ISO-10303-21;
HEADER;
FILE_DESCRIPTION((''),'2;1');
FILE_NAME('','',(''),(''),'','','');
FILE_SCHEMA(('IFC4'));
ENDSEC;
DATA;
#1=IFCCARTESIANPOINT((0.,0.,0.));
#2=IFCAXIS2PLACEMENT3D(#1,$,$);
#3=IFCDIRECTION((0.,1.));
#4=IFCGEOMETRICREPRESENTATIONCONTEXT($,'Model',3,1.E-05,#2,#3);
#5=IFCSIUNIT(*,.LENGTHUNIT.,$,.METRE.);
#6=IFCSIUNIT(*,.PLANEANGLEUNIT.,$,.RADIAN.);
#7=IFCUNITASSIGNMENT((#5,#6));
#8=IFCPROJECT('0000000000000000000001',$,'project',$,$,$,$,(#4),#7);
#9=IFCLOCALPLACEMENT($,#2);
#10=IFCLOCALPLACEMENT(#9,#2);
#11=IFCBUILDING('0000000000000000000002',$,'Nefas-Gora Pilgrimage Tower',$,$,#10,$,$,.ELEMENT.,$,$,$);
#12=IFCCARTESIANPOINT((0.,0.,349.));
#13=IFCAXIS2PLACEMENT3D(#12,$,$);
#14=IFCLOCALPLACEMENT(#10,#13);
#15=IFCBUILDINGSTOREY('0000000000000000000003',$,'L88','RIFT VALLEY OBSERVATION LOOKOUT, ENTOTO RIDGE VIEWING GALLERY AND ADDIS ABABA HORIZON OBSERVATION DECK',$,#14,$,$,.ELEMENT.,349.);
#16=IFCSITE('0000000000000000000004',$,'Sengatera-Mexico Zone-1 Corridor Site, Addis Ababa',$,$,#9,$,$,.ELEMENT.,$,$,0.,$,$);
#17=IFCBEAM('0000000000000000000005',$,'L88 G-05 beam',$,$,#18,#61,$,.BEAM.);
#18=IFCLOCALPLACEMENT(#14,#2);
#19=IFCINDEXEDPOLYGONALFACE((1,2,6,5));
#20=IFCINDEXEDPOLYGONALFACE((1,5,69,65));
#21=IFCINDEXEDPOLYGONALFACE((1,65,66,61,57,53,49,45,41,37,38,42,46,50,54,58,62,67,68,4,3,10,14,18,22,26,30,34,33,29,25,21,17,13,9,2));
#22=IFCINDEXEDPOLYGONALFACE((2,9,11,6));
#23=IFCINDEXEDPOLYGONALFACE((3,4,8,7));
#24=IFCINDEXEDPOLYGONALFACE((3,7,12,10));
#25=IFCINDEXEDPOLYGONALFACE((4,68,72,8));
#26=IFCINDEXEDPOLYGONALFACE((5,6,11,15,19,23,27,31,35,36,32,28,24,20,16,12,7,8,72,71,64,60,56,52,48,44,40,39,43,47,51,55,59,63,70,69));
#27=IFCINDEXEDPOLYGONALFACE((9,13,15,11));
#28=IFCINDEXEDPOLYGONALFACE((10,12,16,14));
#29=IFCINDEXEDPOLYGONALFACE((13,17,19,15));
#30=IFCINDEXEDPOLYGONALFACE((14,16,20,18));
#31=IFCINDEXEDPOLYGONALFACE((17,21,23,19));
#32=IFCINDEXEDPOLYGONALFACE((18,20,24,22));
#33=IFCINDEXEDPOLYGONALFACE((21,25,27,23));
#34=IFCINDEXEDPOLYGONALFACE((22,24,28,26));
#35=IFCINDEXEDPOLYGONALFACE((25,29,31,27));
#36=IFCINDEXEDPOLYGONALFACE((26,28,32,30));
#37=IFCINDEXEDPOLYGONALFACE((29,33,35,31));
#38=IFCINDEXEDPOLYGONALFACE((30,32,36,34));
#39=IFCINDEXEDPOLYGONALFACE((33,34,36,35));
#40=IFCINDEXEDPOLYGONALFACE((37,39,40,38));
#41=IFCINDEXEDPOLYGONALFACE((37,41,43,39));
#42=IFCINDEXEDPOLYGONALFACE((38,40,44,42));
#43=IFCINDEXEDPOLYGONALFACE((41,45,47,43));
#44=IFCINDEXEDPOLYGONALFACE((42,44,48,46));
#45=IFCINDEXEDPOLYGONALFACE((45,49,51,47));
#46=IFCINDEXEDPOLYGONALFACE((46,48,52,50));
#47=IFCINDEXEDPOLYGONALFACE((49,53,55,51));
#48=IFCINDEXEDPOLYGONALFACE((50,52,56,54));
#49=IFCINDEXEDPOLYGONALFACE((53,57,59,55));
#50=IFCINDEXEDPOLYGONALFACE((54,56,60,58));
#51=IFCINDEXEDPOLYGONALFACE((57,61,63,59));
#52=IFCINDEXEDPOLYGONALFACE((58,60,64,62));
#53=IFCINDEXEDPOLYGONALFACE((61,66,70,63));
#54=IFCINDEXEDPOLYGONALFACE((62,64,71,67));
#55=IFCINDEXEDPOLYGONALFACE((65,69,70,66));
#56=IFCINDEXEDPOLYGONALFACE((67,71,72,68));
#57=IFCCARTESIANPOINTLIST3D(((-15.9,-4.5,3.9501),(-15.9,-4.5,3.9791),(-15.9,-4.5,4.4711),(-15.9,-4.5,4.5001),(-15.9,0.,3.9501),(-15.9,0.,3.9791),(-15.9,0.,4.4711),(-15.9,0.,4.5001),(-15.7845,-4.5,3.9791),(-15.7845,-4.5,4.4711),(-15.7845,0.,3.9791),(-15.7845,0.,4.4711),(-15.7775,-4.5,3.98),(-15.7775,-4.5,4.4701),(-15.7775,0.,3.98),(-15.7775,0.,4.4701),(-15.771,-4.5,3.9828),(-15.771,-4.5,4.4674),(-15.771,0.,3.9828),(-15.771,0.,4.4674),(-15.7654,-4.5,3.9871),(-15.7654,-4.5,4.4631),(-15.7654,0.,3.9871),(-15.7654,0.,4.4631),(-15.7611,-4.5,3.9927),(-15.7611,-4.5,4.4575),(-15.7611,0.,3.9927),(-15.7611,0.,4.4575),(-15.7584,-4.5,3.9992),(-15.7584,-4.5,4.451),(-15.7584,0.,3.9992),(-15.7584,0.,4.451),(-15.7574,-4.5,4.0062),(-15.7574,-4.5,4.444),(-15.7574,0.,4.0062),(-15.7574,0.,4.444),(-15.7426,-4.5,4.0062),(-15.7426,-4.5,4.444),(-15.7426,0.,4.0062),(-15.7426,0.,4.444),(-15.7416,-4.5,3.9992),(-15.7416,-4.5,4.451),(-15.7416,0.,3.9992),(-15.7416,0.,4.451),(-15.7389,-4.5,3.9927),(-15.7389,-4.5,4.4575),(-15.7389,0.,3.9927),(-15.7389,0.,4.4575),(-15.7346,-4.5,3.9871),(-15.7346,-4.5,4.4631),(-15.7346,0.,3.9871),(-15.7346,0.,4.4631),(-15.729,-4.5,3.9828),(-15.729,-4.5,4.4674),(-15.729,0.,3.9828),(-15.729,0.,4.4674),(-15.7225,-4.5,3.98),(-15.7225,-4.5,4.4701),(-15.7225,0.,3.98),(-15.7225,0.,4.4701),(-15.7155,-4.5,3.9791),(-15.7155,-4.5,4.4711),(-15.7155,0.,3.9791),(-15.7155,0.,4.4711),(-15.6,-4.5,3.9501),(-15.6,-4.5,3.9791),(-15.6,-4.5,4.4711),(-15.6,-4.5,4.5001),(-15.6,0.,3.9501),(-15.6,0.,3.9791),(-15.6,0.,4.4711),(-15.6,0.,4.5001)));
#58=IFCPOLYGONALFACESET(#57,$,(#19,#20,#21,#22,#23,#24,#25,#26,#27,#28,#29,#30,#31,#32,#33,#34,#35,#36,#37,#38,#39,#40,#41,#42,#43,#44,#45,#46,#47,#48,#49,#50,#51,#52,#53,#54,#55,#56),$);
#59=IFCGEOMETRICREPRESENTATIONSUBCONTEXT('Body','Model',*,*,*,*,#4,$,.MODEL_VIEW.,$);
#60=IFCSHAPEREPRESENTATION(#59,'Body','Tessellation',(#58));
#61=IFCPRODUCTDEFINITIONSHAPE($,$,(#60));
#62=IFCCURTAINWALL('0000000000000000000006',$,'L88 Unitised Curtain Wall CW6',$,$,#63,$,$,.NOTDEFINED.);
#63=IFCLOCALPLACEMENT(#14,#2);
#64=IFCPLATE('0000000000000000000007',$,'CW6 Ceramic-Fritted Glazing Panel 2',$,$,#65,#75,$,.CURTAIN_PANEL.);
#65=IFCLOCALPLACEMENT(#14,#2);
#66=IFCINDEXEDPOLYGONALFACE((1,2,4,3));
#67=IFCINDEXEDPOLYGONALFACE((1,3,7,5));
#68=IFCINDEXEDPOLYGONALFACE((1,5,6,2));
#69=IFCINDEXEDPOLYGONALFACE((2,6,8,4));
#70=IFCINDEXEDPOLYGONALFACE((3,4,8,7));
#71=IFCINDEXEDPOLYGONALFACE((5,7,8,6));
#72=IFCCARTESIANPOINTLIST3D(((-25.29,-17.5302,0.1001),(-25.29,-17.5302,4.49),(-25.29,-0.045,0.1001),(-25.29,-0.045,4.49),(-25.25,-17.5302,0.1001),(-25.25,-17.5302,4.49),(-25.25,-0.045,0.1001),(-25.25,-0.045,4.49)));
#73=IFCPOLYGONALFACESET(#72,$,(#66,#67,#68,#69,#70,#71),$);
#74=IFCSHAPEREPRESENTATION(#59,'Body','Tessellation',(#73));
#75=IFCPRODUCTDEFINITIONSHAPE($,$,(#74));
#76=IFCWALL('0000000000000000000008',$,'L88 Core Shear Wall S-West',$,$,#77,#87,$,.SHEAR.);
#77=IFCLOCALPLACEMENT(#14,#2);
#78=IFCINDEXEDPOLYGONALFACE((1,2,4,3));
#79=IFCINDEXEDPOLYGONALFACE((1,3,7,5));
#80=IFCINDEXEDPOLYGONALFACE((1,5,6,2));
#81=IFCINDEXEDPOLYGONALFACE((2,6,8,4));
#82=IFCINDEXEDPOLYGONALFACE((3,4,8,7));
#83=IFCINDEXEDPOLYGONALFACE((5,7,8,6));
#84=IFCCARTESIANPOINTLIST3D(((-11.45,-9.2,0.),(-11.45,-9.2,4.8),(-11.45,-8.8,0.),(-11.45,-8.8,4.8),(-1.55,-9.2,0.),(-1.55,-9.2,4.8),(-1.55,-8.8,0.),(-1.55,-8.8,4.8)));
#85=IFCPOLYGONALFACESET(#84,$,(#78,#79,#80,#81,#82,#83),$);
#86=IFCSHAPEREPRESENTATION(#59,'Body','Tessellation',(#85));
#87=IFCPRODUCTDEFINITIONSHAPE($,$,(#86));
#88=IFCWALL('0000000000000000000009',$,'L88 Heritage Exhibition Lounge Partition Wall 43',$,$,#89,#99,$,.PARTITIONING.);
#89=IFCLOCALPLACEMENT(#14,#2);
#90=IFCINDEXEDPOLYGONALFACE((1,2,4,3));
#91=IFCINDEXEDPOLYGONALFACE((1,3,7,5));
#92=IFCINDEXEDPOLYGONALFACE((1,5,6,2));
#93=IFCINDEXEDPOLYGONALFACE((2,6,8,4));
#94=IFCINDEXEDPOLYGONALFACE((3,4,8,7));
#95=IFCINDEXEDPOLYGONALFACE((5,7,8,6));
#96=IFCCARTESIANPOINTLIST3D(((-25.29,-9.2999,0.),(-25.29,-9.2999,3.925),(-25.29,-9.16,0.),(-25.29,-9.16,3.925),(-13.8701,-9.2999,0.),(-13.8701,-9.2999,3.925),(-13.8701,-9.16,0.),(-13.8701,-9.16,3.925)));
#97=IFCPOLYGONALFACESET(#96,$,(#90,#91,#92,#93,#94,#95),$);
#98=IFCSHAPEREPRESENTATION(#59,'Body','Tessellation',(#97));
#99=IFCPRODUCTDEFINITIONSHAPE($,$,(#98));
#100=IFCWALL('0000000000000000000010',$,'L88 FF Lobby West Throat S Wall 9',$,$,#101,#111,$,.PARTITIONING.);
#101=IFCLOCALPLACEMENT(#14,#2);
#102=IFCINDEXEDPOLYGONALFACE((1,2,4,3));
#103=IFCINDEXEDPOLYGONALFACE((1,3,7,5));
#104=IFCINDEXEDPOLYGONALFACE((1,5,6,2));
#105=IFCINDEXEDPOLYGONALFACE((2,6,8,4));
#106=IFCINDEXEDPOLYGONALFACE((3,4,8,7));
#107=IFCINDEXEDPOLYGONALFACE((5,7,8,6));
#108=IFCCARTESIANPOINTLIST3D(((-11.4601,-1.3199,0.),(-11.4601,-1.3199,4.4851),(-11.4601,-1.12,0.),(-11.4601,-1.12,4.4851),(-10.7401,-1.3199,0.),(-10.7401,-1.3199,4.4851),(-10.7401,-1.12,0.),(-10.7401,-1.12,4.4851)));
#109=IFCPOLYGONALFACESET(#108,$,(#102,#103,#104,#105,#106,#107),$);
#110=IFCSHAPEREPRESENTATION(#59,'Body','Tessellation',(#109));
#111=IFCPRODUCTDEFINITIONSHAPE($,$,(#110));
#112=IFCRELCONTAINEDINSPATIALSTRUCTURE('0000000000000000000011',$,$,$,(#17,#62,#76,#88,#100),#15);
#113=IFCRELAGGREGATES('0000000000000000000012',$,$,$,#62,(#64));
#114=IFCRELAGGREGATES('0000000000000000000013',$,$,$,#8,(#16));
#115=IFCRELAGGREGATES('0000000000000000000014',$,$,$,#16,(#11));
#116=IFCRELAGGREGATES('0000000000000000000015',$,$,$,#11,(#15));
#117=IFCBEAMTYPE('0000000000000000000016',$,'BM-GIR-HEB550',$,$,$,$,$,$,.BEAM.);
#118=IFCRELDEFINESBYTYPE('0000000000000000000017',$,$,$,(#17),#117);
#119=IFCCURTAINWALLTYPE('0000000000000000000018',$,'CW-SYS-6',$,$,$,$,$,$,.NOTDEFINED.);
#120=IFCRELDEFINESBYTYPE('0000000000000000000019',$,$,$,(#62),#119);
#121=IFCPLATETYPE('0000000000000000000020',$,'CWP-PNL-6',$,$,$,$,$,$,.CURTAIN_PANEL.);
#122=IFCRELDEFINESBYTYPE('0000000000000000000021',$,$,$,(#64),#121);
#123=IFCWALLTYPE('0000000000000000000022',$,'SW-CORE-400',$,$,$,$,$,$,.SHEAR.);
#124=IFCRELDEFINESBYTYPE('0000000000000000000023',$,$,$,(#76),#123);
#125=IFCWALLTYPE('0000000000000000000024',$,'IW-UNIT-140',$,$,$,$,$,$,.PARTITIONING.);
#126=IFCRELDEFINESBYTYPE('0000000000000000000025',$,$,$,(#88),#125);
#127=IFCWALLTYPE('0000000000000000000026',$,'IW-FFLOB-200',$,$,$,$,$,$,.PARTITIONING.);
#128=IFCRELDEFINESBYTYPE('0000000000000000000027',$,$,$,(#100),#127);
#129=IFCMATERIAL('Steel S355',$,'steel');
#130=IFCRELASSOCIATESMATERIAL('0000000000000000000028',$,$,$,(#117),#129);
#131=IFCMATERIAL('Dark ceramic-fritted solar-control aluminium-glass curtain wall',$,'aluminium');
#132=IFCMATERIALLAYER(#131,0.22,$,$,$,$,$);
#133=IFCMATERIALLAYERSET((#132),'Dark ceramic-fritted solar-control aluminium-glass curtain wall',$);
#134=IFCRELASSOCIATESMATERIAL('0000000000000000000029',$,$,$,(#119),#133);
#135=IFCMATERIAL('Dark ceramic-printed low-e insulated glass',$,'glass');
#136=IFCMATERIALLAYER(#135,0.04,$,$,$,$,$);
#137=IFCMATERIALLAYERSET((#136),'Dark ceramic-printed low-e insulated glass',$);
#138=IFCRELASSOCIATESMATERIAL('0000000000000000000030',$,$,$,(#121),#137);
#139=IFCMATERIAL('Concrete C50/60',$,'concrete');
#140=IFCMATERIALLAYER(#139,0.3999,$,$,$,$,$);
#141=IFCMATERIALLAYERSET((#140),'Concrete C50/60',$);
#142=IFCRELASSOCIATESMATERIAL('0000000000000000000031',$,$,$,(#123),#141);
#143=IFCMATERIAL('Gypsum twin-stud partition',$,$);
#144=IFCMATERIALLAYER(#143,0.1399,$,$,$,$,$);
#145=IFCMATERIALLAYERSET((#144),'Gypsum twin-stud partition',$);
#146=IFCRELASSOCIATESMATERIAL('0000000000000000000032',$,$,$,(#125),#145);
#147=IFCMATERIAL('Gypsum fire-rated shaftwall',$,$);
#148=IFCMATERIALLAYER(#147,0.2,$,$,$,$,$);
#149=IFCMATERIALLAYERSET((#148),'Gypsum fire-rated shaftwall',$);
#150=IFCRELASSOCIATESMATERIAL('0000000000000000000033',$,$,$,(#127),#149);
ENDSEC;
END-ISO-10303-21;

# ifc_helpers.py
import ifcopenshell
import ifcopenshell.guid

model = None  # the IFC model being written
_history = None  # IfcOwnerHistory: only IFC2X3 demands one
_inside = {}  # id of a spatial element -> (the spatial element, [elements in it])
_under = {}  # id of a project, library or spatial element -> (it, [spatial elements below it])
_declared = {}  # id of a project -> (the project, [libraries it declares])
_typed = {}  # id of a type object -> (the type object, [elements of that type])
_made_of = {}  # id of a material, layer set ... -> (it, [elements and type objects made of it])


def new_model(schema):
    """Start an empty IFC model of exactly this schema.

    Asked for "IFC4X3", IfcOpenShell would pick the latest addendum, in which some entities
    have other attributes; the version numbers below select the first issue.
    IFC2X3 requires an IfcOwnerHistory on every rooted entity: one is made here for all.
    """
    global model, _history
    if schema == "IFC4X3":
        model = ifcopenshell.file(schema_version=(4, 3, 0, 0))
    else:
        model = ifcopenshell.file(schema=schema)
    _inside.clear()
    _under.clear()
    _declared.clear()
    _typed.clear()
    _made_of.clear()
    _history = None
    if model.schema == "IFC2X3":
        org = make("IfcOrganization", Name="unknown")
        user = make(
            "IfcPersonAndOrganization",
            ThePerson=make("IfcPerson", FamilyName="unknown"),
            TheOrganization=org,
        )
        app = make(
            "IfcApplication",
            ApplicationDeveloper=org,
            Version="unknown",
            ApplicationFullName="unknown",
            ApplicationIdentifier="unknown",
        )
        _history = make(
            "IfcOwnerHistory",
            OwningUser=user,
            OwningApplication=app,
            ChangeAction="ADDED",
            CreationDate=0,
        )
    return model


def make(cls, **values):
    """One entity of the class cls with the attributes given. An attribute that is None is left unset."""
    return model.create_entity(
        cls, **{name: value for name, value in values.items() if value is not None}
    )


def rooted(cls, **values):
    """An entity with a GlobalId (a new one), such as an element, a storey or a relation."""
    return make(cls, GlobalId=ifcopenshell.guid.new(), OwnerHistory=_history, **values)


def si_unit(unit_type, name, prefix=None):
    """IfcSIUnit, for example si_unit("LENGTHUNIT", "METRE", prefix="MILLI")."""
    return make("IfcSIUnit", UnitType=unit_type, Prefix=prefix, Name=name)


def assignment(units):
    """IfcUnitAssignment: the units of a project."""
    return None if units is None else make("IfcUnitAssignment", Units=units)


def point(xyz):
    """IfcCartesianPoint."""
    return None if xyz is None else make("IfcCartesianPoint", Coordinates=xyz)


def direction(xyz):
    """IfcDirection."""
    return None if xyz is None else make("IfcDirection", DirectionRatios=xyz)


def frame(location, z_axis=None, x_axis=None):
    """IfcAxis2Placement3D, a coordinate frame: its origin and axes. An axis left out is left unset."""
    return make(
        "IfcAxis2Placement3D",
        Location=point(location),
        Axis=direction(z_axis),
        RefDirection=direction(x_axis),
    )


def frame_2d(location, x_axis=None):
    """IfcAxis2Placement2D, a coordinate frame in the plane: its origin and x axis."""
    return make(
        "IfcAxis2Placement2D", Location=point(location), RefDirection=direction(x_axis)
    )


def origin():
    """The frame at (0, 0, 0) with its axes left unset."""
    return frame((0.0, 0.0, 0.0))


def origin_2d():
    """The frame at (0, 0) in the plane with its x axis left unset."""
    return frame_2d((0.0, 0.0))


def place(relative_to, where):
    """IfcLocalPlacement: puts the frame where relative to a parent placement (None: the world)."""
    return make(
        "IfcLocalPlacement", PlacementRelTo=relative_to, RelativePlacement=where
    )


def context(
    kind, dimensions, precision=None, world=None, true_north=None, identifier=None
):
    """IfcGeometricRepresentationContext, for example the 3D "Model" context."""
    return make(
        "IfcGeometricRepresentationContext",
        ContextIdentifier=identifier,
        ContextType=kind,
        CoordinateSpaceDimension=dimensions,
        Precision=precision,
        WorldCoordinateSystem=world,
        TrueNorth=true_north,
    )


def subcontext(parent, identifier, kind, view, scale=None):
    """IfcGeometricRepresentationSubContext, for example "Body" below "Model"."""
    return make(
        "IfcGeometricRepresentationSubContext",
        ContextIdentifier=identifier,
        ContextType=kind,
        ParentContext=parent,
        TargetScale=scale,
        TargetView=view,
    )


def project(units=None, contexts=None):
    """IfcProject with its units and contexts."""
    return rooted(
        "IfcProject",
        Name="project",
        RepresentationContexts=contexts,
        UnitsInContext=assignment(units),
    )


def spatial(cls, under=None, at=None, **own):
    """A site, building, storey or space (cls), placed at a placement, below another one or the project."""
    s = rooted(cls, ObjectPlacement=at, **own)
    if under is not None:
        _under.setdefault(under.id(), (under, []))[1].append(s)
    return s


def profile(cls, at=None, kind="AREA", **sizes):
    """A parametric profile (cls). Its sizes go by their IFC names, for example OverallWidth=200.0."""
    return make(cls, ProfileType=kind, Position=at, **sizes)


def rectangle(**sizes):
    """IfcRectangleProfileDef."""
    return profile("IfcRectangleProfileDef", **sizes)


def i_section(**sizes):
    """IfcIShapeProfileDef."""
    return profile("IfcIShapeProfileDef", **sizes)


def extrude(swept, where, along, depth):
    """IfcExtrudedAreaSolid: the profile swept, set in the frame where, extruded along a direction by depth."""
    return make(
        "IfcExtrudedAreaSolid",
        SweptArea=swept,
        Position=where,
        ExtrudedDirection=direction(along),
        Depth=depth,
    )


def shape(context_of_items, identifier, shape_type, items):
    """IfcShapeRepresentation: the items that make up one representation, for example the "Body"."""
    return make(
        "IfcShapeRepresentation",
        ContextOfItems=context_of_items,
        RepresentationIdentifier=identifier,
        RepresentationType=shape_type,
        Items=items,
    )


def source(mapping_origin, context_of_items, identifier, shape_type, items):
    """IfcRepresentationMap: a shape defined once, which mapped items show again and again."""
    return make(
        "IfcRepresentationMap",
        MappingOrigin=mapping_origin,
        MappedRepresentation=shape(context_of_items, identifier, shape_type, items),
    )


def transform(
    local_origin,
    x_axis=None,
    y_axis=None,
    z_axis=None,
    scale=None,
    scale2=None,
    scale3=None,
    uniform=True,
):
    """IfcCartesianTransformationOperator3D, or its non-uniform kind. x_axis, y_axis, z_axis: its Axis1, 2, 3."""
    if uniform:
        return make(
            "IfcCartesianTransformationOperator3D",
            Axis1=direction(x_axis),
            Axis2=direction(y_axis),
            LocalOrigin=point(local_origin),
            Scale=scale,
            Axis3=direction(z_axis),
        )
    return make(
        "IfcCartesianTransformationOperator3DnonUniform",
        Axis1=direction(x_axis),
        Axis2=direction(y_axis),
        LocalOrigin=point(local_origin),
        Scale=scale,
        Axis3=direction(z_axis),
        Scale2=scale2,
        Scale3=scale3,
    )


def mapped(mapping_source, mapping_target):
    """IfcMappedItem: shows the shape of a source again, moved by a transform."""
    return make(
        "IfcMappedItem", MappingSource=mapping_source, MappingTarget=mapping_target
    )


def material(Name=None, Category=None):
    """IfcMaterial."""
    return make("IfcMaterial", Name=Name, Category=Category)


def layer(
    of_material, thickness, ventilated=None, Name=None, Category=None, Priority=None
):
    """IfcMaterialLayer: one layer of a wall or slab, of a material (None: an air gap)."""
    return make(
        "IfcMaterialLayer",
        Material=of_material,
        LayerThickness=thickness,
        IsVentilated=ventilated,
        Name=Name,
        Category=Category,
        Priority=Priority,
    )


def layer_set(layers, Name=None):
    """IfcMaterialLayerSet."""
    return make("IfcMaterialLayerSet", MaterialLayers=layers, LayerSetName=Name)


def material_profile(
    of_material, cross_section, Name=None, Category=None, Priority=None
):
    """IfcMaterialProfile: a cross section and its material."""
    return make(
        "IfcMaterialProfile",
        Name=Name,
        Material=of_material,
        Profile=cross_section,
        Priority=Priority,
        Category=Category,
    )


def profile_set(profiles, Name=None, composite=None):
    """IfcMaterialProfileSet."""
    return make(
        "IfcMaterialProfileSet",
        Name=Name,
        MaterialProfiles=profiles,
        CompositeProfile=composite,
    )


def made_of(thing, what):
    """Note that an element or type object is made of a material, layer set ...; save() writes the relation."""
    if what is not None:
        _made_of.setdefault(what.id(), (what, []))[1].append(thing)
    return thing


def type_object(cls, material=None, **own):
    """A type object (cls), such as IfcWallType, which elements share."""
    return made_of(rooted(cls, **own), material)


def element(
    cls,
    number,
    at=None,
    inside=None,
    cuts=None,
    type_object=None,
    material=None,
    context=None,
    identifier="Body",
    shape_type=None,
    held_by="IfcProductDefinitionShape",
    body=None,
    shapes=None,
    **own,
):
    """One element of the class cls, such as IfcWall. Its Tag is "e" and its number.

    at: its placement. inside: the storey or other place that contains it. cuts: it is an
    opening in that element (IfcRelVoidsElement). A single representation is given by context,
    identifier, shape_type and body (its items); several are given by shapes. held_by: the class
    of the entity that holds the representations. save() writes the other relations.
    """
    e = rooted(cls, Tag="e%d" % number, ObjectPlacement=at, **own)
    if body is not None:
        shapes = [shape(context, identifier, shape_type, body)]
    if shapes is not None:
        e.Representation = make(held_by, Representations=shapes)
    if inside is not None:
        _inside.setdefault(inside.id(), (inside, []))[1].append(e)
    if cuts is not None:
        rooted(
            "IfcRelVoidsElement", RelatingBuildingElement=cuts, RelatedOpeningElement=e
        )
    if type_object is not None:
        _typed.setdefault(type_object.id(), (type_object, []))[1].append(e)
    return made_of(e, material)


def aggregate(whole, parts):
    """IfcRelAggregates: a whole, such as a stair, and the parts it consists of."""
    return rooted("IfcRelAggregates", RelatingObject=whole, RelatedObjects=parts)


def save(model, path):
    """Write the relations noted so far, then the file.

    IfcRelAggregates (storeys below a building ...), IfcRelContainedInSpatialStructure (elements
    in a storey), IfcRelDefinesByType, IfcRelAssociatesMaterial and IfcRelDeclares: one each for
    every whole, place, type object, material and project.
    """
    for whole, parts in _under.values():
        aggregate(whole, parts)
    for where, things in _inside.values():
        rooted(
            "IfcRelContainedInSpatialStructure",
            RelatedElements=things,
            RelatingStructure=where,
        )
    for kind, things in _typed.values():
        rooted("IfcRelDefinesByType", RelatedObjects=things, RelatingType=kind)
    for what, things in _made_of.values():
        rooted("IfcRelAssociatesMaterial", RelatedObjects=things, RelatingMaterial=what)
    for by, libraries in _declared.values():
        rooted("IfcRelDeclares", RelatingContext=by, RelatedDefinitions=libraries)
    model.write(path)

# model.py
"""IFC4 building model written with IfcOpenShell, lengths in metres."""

from ifc_helpers import new_model, si_unit, direction, frame, frame_2d, origin, origin_2d, place, context, subcontext, project, spatial, rectangle, i_section, extrude, source, transform, mapped, material, layer, layer_set, material_profile, profile_set, type_object, element, aggregate, save


model = new_model("IFC4")

# Units and contexts
model_context = context("Model", 3, precision=1e-05, world=origin(), true_north=direction((0.0, 1.0)))
body_context = subcontext(model_context, "Body", "Model", "MODEL_VIEW")
ifc_project = project(units=[si_unit("LENGTHUNIT", "METRE"), si_unit("PLANEANGLEUNIT", "RADIAN")], contexts=[model_context])

# Site, building, storey
site_placement = place(None, origin())
site = spatial("IfcSite", under=ifc_project, at=site_placement, Name="Sengatera-Mexico Zone-1 Corridor Site, Addis Ababa", CompositionType="ELEMENT", RefElevation=0.0)
building_placement = place(site_placement, origin())
building = spatial("IfcBuilding", under=site, at=building_placement, Name="Nefas-Gora Pilgrimage Tower", CompositionType="ELEMENT")
storey_placement = place(building_placement, frame((0.0, 0.0, 349.0)))
storey = spatial("IfcBuildingStorey", under=building, at=storey_placement, Name="L88", Description="RIFT VALLEY OBSERVATION LOOKOUT, ENTOTO RIDGE VIEWING GALLERY AND ADDIS ABABA HORIZON OBSERVATION DECK", CompositionType="ELEMENT", Elevation=349.0)

# Shared definitions
ifc_material_1 = material(Name="Steel S355", Category="steel")

# Beam
ifc_material_profile_1 = material_profile(ifc_material_1, i_section(OverallWidth=0.3, OverallDepth=0.55, WebThickness=0.0149, FlangeThickness=0.0291, FilletRadius=0.0271, at=origin_2d()), Name="HEB 550")
ifc_profile_set_1 = profile_set([ifc_material_profile_1], Name="Steel S355")
beam_type_1 = type_object("IfcBeamType", Name="BM-GIR-HEB550", PredefinedType="BEAM", material=ifc_profile_set_1)
shared_shape_1 = source(origin(), body_context, "Body", "SweptSolid", [
    extrude(i_section(OverallWidth=0.3, OverallDepth=0.55, WebThickness=0.0149, FlangeThickness=0.0291, FilletRadius=0.0271, at=origin_2d()), origin(), (0.0, 0.0, 1.0), 4.5),
])
for number, where, z_axis, x_axis, name in (
    (1, (-15.75, -4.5, 4.2251), (0.0, 1.0, 0.0), (-1.0, 0.0, 0.0), "L88 G-05 beam"),
):
    element("IfcBeam", number, at=place(storey_placement, frame(where, z_axis=z_axis, x_axis=x_axis)), inside=storey, type_object=beam_type_1, Name=name, PredefinedType="BEAM", context=body_context, shape_type="MappedRepresentation", body=[
        mapped(shared_shape_1, transform((0.0, 0.0, 0.0), x_axis=(1.0, 0.0, 0.0), y_axis=(0.0, 1.0, 0.0), z_axis=(0.0, 0.0, 1.0), scale=1.0)),
    ])

# Curtain wall, plate
ifc_material_2 = material(Name="Dark ceramic-fritted solar-control aluminium-glass curtain wall", Category="aluminium")
ifc_layer_1 = layer(ifc_material_2, 0.22)
ifc_layer_set_1 = layer_set([ifc_layer_1], Name="Dark ceramic-fritted solar-control aluminium-glass curtain wall")
curtain_wall_type = type_object("IfcCurtainWallType", Name="CW-SYS-6", PredefinedType="NOTDEFINED", material=ifc_layer_set_1)
curtain_wall_placement = place(storey_placement, origin())
curtain_wall = element("IfcCurtainWall", 2, at=curtain_wall_placement, inside=storey, type_object=curtain_wall_type, Name="L88 Unitised Curtain Wall CW6", PredefinedType="NOTDEFINED")
ifc_material_3 = material(Name="Dark ceramic-printed low-e insulated glass", Category="glass")
ifc_layer_2 = layer(ifc_material_3, 0.04)
ifc_layer_set_2 = layer_set([ifc_layer_2], Name="Dark ceramic-printed low-e insulated glass")
plate_type = type_object("IfcPlateType", Name="CWP-PNL-6", PredefinedType="CURTAIN_PANEL", material=ifc_layer_set_2)
shared_shape_2 = source(origin(), body_context, "Body", "SweptSolid", [
    extrude(rectangle(XDim=17.4851, YDim=0.04, at=origin_2d()), origin(), (0.0, 0.0, 1.0), 4.3899),
])
plate_placement = place(storey_placement, frame((-25.27, -8.7876, 0.1001), z_axis=(0.0, 0.0, 1.0), x_axis=(0.0, -1.0, 0.0)))
plate = element("IfcPlate", 3, at=plate_placement, type_object=plate_type, Name="CW6 Ceramic-Fritted Glazing Panel 2", PredefinedType="CURTAIN_PANEL", context=body_context, shape_type="MappedRepresentation", body=[
    mapped(shared_shape_2, transform((0.0, 0.0, 0.0), x_axis=(1.0, 0.0, 0.0), y_axis=(0.0, 1.0, 0.0), z_axis=(0.0, 0.0, 1.0), scale=1.0)),
])
aggregate(curtain_wall, [plate])

# Walls
ifc_material_4 = material(Name="Concrete C50/60", Category="concrete")
ifc_layer_3 = layer(ifc_material_4, 0.3999)
ifc_layer_set_3 = layer_set([ifc_layer_3], Name="Concrete C50/60")
wall_type_1 = type_object("IfcWallType", Name="SW-CORE-400", PredefinedType="SHEAR", material=ifc_layer_set_3)
shared_shape_3 = source(origin(), body_context, "Body", "SweptSolid", [
    extrude(rectangle(XDim=9.8999, YDim=0.3999, at=frame_2d((4.95, 0.0))), origin(), (0.0, 0.0, 1.0), 4.8),
])
wall_1_placement = place(storey_placement, frame((-11.45, -9.0, 0.0), z_axis=(0.0, 0.0, 1.0), x_axis=(1.0, 0.0, 0.0)))
element("IfcWall", 4, at=wall_1_placement, inside=storey, type_object=wall_type_1, Name="L88 Core Shear Wall S-West", PredefinedType="SHEAR", context=body_context, shape_type="MappedRepresentation", body=[
    mapped(shared_shape_3, transform((0.0, 0.0, 0.0), x_axis=(1.0, 0.0, 0.0), y_axis=(0.0, 1.0, 0.0), z_axis=(0.0, 0.0, 1.0), scale=1.0)),
])
ifc_material_5 = material(Name="Gypsum twin-stud partition")
ifc_layer_4 = layer(ifc_material_5, 0.1399)
ifc_layer_set_4 = layer_set([ifc_layer_4], Name="Gypsum twin-stud partition")
wall_type_2 = type_object("IfcWallType", Name="IW-UNIT-140", PredefinedType="PARTITIONING", material=ifc_layer_set_4)
shared_shape_4 = source(origin(), body_context, "Body", "SweptSolid", [
    extrude(rectangle(XDim=11.4199, YDim=0.1399, at=frame_2d((5.71, 0.0))), origin(), (0.0, 0.0, 1.0), 3.925),
])
wall_2_placement = place(storey_placement, frame((-25.29, -9.23, 0.0), z_axis=(0.0, 0.0, 1.0), x_axis=(1.0, 0.0, 0.0)))
element("IfcWall", 5, at=wall_2_placement, inside=storey, type_object=wall_type_2, Name="L88 Heritage Exhibition Lounge Partition Wall 43", PredefinedType="PARTITIONING", context=body_context, shape_type="MappedRepresentation", body=[
    mapped(shared_shape_4, transform((0.0, 0.0, 0.0), x_axis=(1.0, 0.0, 0.0), y_axis=(0.0, 1.0, 0.0), z_axis=(0.0, 0.0, 1.0), scale=1.0)),
])

# Shared definitions
ifc_material_6 = material(Name="Gypsum fire-rated shaftwall")
ifc_layer_5 = layer(ifc_material_6, 0.2)
ifc_layer_set_5 = layer_set([ifc_layer_5], Name="Gypsum fire-rated shaftwall")
wall_type_3 = type_object("IfcWallType", Name="IW-FFLOB-200", PredefinedType="PARTITIONING", material=ifc_layer_set_5)

# Wall
shared_shape_5 = source(origin(), body_context, "Body", "SweptSolid", [
    extrude(rectangle(XDim=0.72, YDim=0.2, at=frame_2d((0.3599, 0.0))), origin(), (0.0, 0.0, 1.0), 4.4851),
])
wall_3_placement = place(storey_placement, frame((-11.46, -1.22, 0.0), z_axis=(0.0, 0.0, 1.0), x_axis=(1.0, 0.0, 0.0)))
element("IfcWall", 6, at=wall_3_placement, inside=storey, type_object=wall_type_3, Name="L88 FF Lobby West Throat S Wall 9", PredefinedType="PARTITIONING", context=body_context, shape_type="MappedRepresentation", body=[
    mapped(shared_shape_5, transform((0.0, 0.0, 0.0), x_axis=(1.0, 0.0, 0.0), y_axis=(0.0, 1.0, 0.0), z_axis=(0.0, 0.0, 1.0), scale=1.0)),
])

save(model, "model.ifc")
